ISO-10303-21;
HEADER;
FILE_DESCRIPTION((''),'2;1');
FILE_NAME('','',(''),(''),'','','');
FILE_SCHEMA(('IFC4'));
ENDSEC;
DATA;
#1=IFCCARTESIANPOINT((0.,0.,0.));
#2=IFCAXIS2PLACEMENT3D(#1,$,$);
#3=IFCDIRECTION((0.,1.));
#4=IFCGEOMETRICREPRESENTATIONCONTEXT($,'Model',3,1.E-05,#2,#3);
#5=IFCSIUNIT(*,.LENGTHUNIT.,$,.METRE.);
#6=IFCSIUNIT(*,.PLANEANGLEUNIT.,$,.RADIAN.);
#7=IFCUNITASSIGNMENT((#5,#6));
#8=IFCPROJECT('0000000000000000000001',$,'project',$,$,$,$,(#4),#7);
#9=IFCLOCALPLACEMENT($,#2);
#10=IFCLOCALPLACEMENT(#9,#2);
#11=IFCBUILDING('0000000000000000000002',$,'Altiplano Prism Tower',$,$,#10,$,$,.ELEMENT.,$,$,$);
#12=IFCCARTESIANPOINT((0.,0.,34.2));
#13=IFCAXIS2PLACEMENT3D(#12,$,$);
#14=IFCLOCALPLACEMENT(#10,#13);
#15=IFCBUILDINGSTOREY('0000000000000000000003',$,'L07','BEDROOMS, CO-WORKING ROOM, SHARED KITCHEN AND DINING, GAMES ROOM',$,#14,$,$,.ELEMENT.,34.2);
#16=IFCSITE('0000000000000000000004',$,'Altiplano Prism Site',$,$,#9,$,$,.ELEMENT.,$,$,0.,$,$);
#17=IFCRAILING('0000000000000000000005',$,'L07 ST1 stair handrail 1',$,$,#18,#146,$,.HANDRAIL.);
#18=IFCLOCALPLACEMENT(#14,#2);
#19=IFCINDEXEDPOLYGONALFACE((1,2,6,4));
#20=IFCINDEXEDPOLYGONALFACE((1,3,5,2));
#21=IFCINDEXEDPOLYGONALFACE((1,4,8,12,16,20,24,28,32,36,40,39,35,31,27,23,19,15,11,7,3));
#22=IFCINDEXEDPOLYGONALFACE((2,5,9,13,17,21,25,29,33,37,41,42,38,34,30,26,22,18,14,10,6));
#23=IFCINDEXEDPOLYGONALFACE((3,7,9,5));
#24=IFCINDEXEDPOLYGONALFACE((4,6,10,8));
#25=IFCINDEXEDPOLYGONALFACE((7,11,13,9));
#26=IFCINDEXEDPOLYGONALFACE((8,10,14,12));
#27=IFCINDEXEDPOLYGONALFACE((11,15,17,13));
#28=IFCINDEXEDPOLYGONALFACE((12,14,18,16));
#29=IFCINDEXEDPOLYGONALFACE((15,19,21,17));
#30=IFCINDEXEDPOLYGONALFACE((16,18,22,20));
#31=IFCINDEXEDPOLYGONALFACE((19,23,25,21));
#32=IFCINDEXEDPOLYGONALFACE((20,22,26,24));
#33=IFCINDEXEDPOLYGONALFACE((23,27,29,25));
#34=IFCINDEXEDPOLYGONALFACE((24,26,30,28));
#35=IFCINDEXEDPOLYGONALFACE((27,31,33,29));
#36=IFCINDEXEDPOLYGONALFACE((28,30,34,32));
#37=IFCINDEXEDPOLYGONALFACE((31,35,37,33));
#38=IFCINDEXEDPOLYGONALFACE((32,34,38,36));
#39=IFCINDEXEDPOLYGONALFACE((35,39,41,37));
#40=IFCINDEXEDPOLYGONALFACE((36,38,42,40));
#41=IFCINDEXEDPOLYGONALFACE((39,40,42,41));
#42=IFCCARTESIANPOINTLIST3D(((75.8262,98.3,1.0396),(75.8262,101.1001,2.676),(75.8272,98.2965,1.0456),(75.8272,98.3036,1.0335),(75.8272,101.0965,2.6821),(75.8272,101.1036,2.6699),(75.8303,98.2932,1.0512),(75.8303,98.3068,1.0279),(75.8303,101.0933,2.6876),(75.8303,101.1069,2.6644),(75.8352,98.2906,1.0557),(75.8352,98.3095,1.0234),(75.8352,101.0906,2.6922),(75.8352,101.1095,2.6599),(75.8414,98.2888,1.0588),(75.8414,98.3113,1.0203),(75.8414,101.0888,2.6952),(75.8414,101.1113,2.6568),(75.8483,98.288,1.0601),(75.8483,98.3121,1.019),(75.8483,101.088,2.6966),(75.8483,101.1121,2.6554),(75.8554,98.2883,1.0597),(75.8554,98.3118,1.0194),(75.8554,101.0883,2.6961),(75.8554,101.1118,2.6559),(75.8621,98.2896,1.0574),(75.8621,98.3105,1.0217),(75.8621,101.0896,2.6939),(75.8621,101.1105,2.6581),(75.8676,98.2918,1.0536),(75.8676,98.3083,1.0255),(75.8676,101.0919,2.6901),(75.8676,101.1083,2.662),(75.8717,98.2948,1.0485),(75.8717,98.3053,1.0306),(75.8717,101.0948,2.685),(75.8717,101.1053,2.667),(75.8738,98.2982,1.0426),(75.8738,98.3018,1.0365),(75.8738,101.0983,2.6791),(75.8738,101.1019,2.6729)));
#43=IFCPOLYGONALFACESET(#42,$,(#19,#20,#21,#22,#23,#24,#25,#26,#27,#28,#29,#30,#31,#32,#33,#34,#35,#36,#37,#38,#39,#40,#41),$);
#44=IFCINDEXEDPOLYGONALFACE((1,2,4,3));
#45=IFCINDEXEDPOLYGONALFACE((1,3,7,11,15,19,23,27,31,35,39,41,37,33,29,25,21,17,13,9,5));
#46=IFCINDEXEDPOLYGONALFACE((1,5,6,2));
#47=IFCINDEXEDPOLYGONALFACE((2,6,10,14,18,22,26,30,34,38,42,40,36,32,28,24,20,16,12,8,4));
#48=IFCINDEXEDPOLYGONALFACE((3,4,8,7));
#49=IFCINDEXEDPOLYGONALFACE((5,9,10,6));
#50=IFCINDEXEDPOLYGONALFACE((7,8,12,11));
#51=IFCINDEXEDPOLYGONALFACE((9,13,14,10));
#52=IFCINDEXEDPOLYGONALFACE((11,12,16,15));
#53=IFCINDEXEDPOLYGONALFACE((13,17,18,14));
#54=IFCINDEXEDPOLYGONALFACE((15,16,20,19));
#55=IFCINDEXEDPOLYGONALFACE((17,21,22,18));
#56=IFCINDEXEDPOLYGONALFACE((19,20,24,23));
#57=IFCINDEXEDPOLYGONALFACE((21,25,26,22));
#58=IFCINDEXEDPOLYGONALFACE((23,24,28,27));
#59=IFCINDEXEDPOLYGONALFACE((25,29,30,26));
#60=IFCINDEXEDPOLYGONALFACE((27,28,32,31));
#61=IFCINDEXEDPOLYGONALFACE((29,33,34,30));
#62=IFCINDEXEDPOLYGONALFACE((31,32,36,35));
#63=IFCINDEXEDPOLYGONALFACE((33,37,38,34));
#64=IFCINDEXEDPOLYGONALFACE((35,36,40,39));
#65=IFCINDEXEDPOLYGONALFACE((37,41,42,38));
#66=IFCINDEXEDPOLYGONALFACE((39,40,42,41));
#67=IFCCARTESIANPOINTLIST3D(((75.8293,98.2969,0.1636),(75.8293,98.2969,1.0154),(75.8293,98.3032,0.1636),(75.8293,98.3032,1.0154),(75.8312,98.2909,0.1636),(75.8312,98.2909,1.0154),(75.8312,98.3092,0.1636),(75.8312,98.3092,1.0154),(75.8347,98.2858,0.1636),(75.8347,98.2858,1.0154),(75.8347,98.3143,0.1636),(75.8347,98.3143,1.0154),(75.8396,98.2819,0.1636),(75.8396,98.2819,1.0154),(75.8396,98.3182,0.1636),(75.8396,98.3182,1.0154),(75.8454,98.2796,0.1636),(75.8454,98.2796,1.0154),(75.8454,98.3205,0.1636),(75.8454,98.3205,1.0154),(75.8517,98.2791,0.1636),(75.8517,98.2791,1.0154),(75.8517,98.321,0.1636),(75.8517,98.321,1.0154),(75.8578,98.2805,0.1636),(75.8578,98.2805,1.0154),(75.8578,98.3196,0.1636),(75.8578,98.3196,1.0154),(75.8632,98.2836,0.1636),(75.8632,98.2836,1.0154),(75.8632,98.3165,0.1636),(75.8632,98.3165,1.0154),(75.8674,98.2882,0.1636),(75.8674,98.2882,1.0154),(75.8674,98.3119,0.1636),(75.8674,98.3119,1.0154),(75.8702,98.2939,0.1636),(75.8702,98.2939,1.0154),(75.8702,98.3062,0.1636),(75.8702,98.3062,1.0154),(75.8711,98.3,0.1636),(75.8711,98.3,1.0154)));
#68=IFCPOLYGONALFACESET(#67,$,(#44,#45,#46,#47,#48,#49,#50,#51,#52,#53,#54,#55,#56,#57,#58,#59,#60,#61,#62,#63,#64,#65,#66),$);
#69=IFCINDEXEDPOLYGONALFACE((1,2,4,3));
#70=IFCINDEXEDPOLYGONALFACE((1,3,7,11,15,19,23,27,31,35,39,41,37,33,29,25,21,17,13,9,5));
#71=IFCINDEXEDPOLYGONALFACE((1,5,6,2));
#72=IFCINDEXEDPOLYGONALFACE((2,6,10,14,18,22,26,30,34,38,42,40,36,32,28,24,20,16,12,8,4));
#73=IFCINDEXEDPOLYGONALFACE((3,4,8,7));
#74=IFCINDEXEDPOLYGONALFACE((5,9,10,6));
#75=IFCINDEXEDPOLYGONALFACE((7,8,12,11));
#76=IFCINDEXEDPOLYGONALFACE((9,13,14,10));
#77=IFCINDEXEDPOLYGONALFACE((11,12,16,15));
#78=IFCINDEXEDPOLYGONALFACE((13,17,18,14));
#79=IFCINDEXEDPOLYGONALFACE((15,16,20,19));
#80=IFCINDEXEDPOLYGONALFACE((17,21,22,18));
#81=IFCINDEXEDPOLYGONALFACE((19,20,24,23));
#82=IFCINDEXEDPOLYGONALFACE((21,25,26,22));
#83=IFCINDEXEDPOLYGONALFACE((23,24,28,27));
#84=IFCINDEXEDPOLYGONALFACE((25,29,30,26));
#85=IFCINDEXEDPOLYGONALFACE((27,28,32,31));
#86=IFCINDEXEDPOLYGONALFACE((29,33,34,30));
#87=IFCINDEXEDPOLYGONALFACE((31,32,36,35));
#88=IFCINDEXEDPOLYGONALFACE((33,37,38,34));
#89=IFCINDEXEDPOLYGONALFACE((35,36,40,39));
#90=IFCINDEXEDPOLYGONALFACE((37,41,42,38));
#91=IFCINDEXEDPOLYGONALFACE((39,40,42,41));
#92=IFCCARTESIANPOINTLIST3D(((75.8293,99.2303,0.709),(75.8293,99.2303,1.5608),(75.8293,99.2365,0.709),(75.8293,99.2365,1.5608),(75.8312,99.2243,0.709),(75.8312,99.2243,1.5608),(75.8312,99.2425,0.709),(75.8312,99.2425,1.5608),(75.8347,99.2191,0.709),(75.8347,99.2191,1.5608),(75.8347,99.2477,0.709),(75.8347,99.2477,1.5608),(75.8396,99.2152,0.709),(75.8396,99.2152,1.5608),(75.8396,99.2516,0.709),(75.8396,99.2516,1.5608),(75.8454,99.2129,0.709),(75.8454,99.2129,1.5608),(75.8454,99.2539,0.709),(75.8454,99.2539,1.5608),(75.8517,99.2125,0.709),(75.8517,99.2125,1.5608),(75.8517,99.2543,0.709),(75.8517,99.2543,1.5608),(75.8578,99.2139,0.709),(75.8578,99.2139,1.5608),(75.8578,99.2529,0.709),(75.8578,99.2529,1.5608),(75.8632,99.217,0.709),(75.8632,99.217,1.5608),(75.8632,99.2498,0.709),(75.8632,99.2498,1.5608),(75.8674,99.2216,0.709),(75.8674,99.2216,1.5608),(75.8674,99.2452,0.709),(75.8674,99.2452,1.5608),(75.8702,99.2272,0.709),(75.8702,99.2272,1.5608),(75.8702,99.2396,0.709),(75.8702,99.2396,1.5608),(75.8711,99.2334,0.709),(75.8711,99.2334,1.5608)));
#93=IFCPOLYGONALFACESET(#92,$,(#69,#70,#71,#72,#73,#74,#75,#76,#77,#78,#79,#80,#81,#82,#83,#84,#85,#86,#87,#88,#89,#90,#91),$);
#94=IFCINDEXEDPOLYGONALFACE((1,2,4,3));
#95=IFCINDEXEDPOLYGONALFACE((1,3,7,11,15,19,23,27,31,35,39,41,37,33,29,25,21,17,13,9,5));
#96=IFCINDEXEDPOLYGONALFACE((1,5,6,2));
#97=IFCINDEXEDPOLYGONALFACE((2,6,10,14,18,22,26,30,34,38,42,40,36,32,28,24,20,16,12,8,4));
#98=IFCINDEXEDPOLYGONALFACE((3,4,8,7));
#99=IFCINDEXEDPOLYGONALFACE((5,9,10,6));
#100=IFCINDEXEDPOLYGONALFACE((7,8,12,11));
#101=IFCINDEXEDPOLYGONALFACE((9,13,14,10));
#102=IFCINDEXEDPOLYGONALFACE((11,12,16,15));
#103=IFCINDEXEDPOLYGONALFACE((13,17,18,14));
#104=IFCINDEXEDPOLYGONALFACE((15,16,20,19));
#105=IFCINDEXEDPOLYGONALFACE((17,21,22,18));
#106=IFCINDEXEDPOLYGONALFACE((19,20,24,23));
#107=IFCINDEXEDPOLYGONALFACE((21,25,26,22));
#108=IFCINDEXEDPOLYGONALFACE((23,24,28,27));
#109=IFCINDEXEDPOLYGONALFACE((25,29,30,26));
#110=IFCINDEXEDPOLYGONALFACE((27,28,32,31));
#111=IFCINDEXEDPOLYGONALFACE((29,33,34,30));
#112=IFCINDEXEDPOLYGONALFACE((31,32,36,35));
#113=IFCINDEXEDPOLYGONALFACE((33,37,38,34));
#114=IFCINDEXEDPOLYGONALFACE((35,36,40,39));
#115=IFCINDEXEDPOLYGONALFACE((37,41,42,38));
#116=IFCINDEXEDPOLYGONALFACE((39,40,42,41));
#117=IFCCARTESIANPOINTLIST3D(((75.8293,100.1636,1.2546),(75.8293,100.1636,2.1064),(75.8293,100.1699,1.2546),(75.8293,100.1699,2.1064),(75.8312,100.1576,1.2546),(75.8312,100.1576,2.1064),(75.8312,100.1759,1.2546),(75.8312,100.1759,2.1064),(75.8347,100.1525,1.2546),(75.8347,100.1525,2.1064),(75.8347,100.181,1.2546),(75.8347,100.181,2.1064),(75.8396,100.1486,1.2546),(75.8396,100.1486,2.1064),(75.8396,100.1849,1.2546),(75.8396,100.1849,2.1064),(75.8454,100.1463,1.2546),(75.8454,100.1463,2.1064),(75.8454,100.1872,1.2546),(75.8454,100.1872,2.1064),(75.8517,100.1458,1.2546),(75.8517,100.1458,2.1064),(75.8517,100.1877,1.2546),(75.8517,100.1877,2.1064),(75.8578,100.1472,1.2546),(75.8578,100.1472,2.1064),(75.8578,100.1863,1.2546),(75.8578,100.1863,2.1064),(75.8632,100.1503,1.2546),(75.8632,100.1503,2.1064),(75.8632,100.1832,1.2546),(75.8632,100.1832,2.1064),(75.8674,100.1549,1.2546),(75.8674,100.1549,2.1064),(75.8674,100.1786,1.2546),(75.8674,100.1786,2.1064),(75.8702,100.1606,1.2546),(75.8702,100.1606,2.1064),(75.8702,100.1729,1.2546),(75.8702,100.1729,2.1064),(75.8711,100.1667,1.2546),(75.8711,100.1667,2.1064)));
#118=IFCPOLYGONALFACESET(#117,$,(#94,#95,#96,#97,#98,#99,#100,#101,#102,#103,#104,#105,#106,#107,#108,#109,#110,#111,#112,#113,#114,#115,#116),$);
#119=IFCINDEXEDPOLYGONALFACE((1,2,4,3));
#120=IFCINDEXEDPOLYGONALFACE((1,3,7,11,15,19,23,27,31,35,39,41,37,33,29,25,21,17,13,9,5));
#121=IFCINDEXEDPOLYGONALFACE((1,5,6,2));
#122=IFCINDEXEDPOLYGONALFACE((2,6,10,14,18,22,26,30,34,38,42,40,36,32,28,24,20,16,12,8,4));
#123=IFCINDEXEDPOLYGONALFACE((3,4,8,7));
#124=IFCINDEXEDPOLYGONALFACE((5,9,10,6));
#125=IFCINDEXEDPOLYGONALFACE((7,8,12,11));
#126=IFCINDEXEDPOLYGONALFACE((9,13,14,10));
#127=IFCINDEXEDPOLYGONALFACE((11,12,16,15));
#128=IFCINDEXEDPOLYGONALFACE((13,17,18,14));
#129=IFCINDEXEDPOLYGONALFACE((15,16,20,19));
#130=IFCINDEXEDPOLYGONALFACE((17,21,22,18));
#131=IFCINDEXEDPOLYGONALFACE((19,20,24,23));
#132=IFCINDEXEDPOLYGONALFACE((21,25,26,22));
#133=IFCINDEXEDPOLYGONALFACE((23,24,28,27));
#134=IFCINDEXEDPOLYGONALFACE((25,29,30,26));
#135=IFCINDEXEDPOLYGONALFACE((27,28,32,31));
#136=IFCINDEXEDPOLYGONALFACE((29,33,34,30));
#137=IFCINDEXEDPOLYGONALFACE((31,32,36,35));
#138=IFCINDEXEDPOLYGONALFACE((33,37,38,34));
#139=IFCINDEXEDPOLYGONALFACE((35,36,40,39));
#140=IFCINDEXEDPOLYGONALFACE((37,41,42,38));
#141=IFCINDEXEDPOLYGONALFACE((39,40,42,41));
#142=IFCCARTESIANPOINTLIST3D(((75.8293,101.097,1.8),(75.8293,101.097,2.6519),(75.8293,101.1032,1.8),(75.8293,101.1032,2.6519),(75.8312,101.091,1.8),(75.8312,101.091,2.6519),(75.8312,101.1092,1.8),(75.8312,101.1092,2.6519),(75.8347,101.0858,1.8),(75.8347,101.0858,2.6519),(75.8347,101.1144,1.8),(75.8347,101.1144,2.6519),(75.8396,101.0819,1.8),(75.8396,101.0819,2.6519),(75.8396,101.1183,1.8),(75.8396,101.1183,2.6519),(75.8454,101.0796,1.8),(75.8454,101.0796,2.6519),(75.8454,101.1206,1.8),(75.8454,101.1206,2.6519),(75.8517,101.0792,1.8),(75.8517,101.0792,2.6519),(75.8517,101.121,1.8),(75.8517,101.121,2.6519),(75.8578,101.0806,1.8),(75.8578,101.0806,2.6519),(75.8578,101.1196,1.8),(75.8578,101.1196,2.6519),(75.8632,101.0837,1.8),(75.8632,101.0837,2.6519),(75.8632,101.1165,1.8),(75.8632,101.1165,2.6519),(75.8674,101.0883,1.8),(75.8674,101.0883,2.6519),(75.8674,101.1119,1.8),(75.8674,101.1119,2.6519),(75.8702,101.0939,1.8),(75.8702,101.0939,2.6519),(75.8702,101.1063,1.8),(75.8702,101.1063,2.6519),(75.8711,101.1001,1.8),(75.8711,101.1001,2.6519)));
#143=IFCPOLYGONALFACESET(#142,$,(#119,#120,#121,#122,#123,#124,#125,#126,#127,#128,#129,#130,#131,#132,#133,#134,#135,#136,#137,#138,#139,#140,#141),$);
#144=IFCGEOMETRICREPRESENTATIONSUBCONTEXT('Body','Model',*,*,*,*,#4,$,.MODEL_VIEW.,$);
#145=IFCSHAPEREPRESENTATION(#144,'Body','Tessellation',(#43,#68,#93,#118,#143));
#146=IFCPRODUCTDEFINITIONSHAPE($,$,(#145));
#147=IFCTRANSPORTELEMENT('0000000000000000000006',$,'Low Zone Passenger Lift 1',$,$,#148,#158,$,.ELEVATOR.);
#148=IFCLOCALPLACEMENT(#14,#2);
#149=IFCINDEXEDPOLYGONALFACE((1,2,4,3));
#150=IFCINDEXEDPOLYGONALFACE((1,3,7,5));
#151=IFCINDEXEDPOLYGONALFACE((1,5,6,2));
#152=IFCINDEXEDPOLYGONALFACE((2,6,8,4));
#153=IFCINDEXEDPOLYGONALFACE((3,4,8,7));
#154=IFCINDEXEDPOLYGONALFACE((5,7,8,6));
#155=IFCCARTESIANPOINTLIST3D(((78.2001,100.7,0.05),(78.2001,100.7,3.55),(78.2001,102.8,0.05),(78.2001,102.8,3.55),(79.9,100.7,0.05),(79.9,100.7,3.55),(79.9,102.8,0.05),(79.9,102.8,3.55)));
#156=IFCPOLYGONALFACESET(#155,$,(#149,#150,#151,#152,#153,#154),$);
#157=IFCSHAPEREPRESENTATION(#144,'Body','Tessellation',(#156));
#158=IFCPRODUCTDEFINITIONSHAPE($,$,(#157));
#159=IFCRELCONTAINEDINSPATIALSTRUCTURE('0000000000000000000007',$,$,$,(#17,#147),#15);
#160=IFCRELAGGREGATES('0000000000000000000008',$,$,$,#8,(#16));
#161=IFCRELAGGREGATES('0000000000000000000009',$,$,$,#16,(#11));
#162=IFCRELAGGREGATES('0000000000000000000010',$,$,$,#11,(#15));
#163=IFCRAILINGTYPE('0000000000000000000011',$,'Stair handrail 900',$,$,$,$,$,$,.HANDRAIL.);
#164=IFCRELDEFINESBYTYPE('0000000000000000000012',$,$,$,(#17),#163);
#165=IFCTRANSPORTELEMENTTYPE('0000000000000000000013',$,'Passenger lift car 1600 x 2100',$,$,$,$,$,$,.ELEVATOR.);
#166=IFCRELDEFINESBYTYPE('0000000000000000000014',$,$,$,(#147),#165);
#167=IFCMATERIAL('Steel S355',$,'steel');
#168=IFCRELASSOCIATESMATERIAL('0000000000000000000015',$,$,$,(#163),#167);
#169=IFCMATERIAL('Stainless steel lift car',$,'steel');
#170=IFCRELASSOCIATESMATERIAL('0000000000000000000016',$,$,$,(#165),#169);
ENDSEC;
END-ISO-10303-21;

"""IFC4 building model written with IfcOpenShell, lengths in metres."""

from ifc_helpers import new_model, si_unit, direction, frame, origin, origin_2d, place, context, subcontext, project, spatial, rectangle, circle, extrude, material, type_object, element, save


model = new_model("IFC4")

# Units and contexts
model_context = context("Model", 3, precision=1e-05, world=origin(), true_north=direction((0.0, 1.0)))
body_context = subcontext(model_context, "Body", "Model", "MODEL_VIEW")
ifc_project = project(units=[si_unit("LENGTHUNIT", "METRE"), si_unit("PLANEANGLEUNIT", "RADIAN")], contexts=[model_context])

# Site, building, storey
site_placement = place(None, origin())
site = spatial("IfcSite", under=ifc_project, at=site_placement, Name="Altiplano Prism Site", CompositionType="ELEMENT", RefElevation=0.0)
building_placement = place(site_placement, origin())
building = spatial("IfcBuilding", under=site, at=building_placement, Name="Altiplano Prism Tower", CompositionType="ELEMENT")
storey_placement = place(building_placement, frame((0.0, 0.0, 34.2)))
storey = spatial("IfcBuildingStorey", under=building, at=storey_placement, Name="L07", Description="BEDROOMS, CO-WORKING ROOM, SHARED KITCHEN AND DINING, GAMES ROOM", CompositionType="ELEMENT", Elevation=34.2)

# Railing
ifc_material_1 = material(Name="Steel S355", Category="steel")
railing_type_1 = type_object("IfcRailingType", Name="Stair handrail 900", PredefinedType="HANDRAIL", material=ifc_material_1)
railing_1_placement = place(storey_placement, frame((75.8501, 98.3, 0.1636)))
element("IfcRailing", 1, at=railing_1_placement, inside=storey, type_object=railing_type_1, Name="L07 ST1 stair handrail 1", PredefinedType="HANDRAIL", context=body_context, shape_type="SweptSolid", body=[
    extrude(circle(Radius=0.0239, at=origin_2d()), frame((0.0, 0.0, 0.876), z_axis=(0.0, 0.863361, 0.504587), x_axis=(-1.0, 0.0, 0.0)), (0.0, 0.0, 1.0), 3.2432),
    extrude(circle(Radius=0.021, at=origin_2d()), origin(), (0.0, 0.0, 1.0), 0.8518),
    extrude(circle(Radius=0.021, at=origin_2d()), frame((0.0, 0.9333, 0.5454)), (0.0, 0.0, 1.0), 0.8518),
    extrude(circle(Radius=0.021, at=origin_2d()), frame((0.0, 1.8667, 1.0911)), (0.0, 0.0, 1.0), 0.8518),
    extrude(circle(Radius=0.021, at=origin_2d()), frame((0.0, 2.8, 1.6365)), (0.0, 0.0, 1.0), 0.8518),
])

# Transport element
ifc_material_2 = material(Name="Stainless steel lift car", Category="steel")
transport_element_type = type_object("IfcTransportElementType", Name="Passenger lift car 1600 x 2100", PredefinedType="ELEVATOR", material=ifc_material_2)
transport_element_placement = place(storey_placement, frame((79.05, 101.75, 0.05), z_axis=(0.0, 0.0, 1.0), x_axis=(1.0, 0.0, 0.0)))
element("IfcTransportElement", 2, at=transport_element_placement, inside=storey, type_object=transport_element_type, Name="Low Zone Passenger Lift 1", PredefinedType="ELEVATOR", context=body_context, shape_type="SweptSolid", body=[
    extrude(rectangle(XDim=1.7, YDim=2.1001, at=origin_2d()), origin(), (0.0, 0.0, 1.0), 3.5),
])

save(model, "model.ifc")
